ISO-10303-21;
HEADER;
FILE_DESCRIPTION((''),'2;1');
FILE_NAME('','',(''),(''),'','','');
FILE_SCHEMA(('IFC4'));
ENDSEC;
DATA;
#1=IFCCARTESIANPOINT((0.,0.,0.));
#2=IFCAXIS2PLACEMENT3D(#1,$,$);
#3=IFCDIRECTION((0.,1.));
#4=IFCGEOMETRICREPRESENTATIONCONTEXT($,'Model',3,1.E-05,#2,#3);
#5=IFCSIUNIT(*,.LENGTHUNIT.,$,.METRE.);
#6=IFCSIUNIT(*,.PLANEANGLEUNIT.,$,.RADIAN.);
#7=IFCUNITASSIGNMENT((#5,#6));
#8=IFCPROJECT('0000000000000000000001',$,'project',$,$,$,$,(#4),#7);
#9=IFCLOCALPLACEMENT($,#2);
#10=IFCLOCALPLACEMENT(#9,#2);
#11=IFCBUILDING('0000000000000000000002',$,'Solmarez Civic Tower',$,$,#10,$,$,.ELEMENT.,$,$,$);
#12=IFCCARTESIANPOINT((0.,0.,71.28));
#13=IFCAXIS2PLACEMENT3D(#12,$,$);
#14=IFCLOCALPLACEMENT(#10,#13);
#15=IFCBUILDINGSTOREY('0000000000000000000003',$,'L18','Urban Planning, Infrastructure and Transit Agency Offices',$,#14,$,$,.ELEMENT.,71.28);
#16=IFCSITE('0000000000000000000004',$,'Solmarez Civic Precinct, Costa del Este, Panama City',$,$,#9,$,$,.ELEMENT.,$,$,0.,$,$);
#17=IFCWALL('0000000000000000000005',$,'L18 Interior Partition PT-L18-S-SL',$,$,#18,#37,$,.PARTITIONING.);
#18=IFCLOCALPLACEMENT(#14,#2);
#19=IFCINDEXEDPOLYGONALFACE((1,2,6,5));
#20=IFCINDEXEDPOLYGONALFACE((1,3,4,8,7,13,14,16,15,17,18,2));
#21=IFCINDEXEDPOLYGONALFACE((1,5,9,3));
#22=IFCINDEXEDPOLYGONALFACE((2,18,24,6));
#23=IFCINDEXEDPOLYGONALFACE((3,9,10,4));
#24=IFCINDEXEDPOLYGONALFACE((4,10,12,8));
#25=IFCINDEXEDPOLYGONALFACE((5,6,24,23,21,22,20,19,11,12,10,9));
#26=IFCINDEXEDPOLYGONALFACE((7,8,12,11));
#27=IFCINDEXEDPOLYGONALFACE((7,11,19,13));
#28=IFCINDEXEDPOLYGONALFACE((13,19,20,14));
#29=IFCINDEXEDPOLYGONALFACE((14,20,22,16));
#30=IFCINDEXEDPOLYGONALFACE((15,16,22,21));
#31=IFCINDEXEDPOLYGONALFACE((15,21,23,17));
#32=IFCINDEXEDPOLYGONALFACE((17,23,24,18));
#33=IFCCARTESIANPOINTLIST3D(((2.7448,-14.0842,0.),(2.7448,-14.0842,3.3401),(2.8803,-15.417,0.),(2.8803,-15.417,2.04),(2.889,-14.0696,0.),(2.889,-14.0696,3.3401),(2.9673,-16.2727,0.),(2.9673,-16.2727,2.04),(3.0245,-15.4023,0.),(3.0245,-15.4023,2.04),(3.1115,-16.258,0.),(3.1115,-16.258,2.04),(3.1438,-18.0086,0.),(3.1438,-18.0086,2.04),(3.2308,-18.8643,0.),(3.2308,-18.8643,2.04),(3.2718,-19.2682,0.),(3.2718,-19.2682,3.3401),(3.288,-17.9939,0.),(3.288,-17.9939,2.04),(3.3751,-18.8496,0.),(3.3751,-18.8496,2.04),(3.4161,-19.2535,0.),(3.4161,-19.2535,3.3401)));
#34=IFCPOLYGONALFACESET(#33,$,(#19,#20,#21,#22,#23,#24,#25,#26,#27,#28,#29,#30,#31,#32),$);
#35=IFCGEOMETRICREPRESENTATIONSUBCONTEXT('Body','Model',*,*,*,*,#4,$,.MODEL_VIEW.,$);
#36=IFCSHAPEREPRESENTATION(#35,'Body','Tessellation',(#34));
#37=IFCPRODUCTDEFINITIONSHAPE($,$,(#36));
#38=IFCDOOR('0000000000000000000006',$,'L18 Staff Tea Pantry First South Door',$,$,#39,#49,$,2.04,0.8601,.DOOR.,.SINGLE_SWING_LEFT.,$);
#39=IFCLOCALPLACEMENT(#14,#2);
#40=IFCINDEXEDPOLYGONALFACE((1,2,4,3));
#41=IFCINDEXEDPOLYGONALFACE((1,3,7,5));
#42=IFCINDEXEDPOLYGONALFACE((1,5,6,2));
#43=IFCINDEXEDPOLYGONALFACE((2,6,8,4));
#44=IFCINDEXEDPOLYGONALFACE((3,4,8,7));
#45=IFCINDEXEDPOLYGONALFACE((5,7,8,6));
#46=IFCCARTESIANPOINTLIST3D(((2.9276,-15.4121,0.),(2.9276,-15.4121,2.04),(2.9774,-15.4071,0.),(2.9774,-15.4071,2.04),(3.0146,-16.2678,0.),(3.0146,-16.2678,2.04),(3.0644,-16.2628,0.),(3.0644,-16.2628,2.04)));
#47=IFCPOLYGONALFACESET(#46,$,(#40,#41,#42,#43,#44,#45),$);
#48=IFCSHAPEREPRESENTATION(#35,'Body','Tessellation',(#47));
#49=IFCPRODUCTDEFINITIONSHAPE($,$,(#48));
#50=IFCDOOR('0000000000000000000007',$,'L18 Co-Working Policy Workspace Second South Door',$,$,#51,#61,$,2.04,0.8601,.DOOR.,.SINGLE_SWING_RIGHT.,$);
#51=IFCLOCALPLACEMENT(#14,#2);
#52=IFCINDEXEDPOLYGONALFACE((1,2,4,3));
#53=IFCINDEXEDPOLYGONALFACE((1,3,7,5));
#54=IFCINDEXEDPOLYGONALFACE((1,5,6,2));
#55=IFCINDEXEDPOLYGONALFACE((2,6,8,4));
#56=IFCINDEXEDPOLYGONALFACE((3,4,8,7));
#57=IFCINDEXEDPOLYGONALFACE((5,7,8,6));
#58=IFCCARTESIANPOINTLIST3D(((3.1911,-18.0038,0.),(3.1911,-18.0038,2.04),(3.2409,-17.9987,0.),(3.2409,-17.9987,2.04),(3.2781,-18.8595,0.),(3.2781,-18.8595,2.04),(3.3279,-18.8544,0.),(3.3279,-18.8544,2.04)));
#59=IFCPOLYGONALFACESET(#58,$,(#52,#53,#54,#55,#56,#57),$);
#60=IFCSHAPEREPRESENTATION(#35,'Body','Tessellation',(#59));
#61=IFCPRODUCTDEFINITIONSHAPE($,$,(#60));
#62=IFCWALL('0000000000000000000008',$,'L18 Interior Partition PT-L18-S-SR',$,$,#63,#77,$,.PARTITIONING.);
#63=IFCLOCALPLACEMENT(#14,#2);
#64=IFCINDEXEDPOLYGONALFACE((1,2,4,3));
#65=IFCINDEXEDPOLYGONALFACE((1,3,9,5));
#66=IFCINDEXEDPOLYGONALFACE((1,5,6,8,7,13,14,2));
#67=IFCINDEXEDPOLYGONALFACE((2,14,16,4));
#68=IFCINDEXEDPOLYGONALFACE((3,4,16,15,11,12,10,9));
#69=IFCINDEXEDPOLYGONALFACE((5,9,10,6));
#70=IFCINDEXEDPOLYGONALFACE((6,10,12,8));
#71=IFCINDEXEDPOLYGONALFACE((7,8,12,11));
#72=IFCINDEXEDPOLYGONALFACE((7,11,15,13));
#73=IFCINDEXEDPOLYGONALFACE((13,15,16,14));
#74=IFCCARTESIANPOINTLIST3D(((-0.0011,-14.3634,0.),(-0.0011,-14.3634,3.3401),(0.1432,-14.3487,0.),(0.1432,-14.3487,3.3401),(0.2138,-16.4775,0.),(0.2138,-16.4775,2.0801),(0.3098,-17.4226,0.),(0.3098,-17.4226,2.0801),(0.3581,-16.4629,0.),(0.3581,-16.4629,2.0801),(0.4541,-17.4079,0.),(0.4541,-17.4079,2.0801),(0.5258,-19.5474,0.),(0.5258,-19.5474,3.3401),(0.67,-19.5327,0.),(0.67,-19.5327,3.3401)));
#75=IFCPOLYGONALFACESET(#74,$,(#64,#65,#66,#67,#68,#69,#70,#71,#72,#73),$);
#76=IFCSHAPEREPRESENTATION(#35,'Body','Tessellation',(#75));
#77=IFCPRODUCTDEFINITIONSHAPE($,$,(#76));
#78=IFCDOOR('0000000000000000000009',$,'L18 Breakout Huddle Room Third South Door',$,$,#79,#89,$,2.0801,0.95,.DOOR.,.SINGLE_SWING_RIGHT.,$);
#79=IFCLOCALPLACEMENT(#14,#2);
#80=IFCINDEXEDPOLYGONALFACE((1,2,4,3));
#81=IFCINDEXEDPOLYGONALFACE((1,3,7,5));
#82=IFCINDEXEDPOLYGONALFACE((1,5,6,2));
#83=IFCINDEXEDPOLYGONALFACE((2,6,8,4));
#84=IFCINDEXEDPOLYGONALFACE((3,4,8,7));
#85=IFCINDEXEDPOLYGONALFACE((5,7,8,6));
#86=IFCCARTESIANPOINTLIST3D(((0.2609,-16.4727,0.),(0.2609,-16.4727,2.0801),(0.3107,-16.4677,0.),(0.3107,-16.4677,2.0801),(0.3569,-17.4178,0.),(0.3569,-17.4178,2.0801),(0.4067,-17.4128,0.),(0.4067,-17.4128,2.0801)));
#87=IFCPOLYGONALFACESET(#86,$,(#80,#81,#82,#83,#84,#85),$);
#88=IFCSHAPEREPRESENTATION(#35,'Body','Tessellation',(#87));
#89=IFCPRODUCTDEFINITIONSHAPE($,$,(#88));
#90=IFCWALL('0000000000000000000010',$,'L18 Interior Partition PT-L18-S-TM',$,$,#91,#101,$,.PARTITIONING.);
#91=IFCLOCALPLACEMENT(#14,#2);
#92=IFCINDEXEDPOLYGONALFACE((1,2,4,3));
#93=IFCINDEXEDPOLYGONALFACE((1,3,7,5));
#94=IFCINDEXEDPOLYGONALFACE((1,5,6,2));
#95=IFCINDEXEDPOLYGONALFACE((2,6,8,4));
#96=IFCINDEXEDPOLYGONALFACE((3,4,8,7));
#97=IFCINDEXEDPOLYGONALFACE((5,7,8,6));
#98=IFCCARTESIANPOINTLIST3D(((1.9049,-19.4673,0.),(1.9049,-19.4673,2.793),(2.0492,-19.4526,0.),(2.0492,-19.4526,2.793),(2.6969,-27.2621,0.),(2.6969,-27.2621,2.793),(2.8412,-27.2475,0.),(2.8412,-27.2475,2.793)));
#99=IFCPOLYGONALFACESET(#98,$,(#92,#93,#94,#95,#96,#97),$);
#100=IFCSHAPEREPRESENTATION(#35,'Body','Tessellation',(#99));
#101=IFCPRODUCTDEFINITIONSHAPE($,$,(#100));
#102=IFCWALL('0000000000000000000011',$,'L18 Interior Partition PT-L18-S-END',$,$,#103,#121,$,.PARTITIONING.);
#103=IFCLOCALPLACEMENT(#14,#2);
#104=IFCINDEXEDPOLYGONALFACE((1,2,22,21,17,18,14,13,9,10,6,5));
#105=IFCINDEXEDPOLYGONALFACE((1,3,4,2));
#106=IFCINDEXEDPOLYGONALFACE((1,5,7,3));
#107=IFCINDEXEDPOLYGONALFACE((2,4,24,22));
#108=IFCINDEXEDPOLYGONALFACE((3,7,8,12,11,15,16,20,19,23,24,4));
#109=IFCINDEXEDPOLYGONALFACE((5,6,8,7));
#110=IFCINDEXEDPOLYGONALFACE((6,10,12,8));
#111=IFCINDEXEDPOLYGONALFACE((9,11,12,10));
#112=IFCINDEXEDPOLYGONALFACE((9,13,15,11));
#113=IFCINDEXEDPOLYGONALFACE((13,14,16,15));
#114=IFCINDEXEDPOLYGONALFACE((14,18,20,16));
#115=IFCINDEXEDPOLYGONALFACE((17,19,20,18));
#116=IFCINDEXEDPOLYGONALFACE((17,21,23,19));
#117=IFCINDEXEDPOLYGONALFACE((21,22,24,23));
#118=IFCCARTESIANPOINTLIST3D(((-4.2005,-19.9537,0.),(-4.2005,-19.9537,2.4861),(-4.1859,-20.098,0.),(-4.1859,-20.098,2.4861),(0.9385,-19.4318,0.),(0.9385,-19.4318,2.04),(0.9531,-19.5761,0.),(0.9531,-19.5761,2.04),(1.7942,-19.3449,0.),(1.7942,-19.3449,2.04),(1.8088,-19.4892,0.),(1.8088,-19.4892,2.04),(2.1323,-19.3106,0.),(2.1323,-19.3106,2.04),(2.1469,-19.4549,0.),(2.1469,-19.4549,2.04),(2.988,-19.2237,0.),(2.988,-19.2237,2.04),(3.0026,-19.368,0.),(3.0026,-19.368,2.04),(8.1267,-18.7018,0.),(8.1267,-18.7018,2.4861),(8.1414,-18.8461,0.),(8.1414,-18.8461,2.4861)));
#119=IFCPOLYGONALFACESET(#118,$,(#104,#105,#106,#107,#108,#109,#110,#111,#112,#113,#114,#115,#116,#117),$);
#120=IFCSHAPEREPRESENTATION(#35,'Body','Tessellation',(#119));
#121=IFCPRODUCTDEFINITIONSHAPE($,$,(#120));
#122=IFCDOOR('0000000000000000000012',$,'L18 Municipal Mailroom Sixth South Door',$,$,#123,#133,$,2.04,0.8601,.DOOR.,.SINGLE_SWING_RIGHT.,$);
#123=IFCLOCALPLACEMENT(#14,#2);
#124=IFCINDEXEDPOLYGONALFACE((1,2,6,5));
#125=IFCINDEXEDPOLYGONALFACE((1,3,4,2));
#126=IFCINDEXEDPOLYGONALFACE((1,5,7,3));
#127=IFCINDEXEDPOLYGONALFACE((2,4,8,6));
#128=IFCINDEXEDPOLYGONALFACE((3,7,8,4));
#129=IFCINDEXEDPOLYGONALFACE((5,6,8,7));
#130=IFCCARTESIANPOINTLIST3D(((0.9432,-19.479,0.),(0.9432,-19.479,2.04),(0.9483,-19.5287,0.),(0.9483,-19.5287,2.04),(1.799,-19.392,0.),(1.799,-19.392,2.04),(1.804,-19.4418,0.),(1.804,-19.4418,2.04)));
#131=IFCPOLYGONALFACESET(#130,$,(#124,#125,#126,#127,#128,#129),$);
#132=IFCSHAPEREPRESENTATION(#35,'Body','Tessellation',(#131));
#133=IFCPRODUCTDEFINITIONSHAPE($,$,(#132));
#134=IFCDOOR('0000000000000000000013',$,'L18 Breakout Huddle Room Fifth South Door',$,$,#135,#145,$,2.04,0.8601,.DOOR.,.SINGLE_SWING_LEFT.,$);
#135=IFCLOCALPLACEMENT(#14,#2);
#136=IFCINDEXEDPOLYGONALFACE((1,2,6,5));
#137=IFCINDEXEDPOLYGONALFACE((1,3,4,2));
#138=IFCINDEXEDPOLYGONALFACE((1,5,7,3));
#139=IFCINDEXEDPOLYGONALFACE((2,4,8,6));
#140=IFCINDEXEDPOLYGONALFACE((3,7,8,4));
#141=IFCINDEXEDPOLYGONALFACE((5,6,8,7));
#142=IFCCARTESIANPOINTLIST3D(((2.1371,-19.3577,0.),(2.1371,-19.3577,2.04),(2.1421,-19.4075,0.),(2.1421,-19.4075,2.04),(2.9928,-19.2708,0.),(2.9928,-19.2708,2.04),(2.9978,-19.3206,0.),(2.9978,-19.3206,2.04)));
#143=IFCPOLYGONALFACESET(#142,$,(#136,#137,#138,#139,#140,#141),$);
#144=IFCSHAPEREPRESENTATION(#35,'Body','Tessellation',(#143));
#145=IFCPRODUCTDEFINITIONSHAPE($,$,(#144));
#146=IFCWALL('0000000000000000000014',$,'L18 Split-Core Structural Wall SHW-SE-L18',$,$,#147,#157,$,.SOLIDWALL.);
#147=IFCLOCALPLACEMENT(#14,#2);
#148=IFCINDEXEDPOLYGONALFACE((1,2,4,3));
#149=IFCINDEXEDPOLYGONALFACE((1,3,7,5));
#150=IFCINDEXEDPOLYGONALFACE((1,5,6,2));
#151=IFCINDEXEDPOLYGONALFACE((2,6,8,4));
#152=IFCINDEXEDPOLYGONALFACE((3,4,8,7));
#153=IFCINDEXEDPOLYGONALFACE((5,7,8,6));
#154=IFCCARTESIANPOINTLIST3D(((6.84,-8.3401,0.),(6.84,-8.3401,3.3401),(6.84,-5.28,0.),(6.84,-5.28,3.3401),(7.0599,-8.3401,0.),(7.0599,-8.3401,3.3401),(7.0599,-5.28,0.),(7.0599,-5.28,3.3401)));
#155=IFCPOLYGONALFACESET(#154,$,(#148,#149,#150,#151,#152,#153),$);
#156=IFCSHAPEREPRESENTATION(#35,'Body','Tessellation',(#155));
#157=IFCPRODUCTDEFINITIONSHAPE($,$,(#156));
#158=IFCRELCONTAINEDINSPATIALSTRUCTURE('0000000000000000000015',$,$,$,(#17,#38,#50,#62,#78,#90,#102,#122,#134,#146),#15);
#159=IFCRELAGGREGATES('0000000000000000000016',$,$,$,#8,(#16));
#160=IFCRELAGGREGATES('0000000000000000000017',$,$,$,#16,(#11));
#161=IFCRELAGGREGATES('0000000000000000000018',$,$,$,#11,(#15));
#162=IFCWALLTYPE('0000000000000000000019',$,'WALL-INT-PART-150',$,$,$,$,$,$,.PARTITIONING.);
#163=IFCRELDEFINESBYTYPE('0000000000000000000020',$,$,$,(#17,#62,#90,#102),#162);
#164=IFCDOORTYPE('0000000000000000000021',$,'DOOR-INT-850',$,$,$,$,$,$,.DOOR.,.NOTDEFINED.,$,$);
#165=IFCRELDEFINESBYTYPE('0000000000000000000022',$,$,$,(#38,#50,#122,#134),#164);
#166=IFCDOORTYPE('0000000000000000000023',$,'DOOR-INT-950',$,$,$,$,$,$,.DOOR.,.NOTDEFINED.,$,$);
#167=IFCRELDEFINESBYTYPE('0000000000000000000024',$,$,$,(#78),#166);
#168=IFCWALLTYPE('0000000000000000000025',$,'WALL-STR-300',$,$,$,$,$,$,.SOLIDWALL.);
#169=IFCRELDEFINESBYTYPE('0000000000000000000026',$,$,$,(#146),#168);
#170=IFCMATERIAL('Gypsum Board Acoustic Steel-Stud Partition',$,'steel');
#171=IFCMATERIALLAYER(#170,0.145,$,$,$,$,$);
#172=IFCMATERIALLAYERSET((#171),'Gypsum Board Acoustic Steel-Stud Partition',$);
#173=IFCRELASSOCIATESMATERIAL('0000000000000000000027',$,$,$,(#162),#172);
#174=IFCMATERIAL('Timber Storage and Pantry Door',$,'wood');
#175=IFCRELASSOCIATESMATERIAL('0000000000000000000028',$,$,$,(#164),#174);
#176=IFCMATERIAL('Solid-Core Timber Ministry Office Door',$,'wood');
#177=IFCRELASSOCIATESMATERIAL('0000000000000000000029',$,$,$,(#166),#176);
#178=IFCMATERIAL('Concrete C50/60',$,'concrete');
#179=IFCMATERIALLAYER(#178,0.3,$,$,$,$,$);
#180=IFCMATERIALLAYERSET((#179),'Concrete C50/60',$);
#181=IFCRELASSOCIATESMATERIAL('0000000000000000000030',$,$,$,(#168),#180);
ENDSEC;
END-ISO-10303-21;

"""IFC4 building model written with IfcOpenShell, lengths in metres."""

from ifc_helpers import new_model, si_unit, direction, frame, frame_2d, origin, place, context, subcontext, project, spatial, rectangle, extrude, material, layer, layer_set, type_object, element, fill, save


model = new_model("IFC4")

# Units and contexts
model_context = context("Model", 3, precision=1e-05, world=origin(), true_north=direction((0.0, 1.0)))
body_context = subcontext(model_context, "Body", "Model", "MODEL_VIEW")
ifc_project = project(units=[si_unit("LENGTHUNIT", "METRE"), si_unit("PLANEANGLEUNIT", "RADIAN")], contexts=[model_context])

# Site, building, storey
site_placement = place(None, origin())
site = spatial("IfcSite", under=ifc_project, at=site_placement, Name="Solmarez Civic Precinct, Costa del Este, Panama City", CompositionType="ELEMENT", RefElevation=0.0)
building_placement = place(site_placement, origin())
building = spatial("IfcBuilding", under=site, at=building_placement, Name="Solmarez Civic Tower", CompositionType="ELEMENT")
storey_placement = place(building_placement, frame((0.0, 0.0, 71.28)))
storey = spatial("IfcBuildingStorey", under=building, at=storey_placement, Name="L18", Description="Urban Planning, Infrastructure and Transit Agency Offices", CompositionType="ELEMENT", Elevation=71.28)

# Shared definitions
ifc_material_1 = material(Name="Concrete C50/60", Category="concrete")

# Shared definitions
ifc_material_2 = material(Name="Gypsum Board Acoustic Steel-Stud Partition", Category="steel")
ifc_layer_1 = layer(ifc_material_2, 0.145)
ifc_layer_set_1 = layer_set([ifc_layer_1], Name="Gypsum Board Acoustic Steel-Stud Partition")
wall_type_1 = type_object("IfcWallType", Name="WALL-INT-PART-150", PredefinedType="PARTITIONING", material=ifc_layer_set_1)

# Wall, openings, doors
wall_1_placement = place(storey_placement, frame((3.344, -19.261, 0.0), z_axis=(0.0, 0.0, 1.0), x_axis=(-0.101155, 0.994871, 0.0)))
wall_1 = element("IfcWall", 1, at=wall_1_placement, inside=storey, type_object=wall_type_1, Name="L18 Interior Partition PT-L18-S-SL", PredefinedType="PARTITIONING", context=body_context, shape_type="SweptSolid", body=[
    extrude(rectangle(XDim=5.2107, YDim=0.145, at=frame_2d((2.6055, 0.0))), origin(), (0.0, 0.0, 1.0), 3.3401),
])
opening_1_placement = place(wall_1_placement, frame((3.011, 0.0, 0.0)))
opening_1 = element("IfcOpeningElement", 2, at=opening_1_placement, cuts=wall_1, PredefinedType="OPENING", context=body_context, shape_type="SweptSolid", body=[
    extrude(rectangle(XDim=0.8601, YDim=2.04, at=frame_2d((0.4302, 1.02))), frame((0.0, 0.0825, 0.0), z_axis=(0.0, -1.0, 0.0), x_axis=(1.0, 0.0, 0.0)), (0.0, 0.0, 1.0), 0.165),
])
opening_2_placement = place(wall_1_placement, frame((0.406, 0.0, 0.0)))
opening_2 = element("IfcOpeningElement", 3, at=opening_2_placement, cuts=wall_1, PredefinedType="OPENING", context=body_context, shape_type="SweptSolid", body=[
    extrude(rectangle(XDim=0.8601, YDim=2.04, at=frame_2d((0.4302, 1.02))), frame((0.0, 0.0825, 0.0), z_axis=(0.0, -1.0, 0.0), x_axis=(1.0, 0.0, 0.0)), (0.0, 0.0, 1.0), 0.165),
])
ifc_material_3 = material(Name="Timber Storage and Pantry Door", Category="wood")
door_type_1 = type_object("IfcDoorType", Name="DOOR-INT-850", OperationType="NOTDEFINED", PredefinedType="DOOR", material=ifc_material_3)
door_1_placement = place(opening_1_placement, origin())
door_1 = element("IfcDoor", 4, at=door_1_placement, inside=storey, type_object=door_type_1, Name="L18 Staff Tea Pantry First South Door", OperationType="SINGLE_SWING_LEFT", OverallHeight=2.04, OverallWidth=0.8601, PredefinedType="DOOR", context=body_context, shape_type="SweptSolid", body=[
    extrude(rectangle(XDim=0.8601, YDim=2.04, at=frame_2d((0.4302, 1.02))), frame((0.0, 0.0249, 0.0), z_axis=(0.0, -1.0, 0.0), x_axis=(1.0, 0.0, 0.0)), (0.0, 0.0, 1.0), 0.05),
])
fill(opening_1, door_1)
door_2_placement = place(opening_2_placement, origin())
door_2 = element("IfcDoor", 5, at=door_2_placement, inside=storey, type_object=door_type_1, Name="L18 Co-Working Policy Workspace Second South Door", OperationType="SINGLE_SWING_RIGHT", OverallHeight=2.04, OverallWidth=0.8601, PredefinedType="DOOR", context=body_context, shape_type="SweptSolid", body=[
    extrude(rectangle(XDim=0.8601, YDim=2.04, at=frame_2d((0.4302, 1.02))), frame((0.0, 0.0249, 0.0), z_axis=(0.0, -1.0, 0.0), x_axis=(1.0, 0.0, 0.0)), (0.0, 0.0, 1.0), 0.05),
])
fill(opening_2, door_2)

# Wall, opening, door
wall_2_placement = place(storey_placement, frame((0.071, -14.356, 0.0), z_axis=(0.0, 0.0, 1.0), x_axis=(0.101109, -0.994875, 0.0)))
wall_2 = element("IfcWall", 6, at=wall_2_placement, inside=storey, type_object=wall_type_1, Name="L18 Interior Partition PT-L18-S-SR", PredefinedType="PARTITIONING", context=body_context, shape_type="SweptSolid", body=[
    extrude(rectangle(XDim=5.2107, YDim=0.145, at=frame_2d((2.6055, 0.0))), origin(), (0.0, 0.0, 1.0), 3.3401),
])
opening_3_placement = place(wall_2_placement, frame((2.125, 0.0, 0.0)))
opening_3 = element("IfcOpeningElement", 7, at=opening_3_placement, cuts=wall_2, PredefinedType="OPENING", context=body_context, shape_type="SweptSolid", body=[
    extrude(rectangle(XDim=0.95, YDim=2.0801, at=frame_2d((0.4751, 1.04))), frame((0.0, 0.0825, 0.0), z_axis=(0.0, -1.0, 0.0), x_axis=(1.0, 0.0, 0.0)), (0.0, 0.0, 1.0), 0.165),
])
ifc_material_4 = material(Name="Solid-Core Timber Ministry Office Door", Category="wood")
door_type_2 = type_object("IfcDoorType", Name="DOOR-INT-950", OperationType="NOTDEFINED", PredefinedType="DOOR", material=ifc_material_4)
door_3_placement = place(opening_3_placement, origin())
door_3 = element("IfcDoor", 8, at=door_3_placement, inside=storey, type_object=door_type_2, Name="L18 Breakout Huddle Room Third South Door", OperationType="SINGLE_SWING_RIGHT", OverallHeight=2.0801, OverallWidth=0.95, PredefinedType="DOOR", context=body_context, shape_type="SweptSolid", body=[
    extrude(rectangle(XDim=0.95, YDim=2.0801, at=frame_2d((0.4751, 1.04))), frame((0.0, 0.0249, 0.0), z_axis=(0.0, -1.0, 0.0), x_axis=(1.0, 0.0, 0.0)), (0.0, 0.0, 1.0), 0.05),
])
fill(opening_3, door_3)

# Wall
wall_3_placement = place(storey_placement, frame((1.9771, -19.46, 0.0), z_axis=(0.0, 0.0, 1.0), x_axis=(0.101083, -0.994878, 0.0)))
element("IfcWall", 9, at=wall_3_placement, inside=storey, type_object=wall_type_1, Name="L18 Interior Partition PT-L18-S-TM", PredefinedType="PARTITIONING", context=body_context, shape_type="SweptSolid", body=[
    extrude(rectangle(XDim=7.835, YDim=0.145, at=frame_2d((3.9175, 0.0))), origin(), (0.0, 0.0, 1.0), 2.793),
])

# Wall, openings, doors
wall_4_placement = place(storey_placement, frame((8.134, -18.7739, 0.0), z_axis=(0.0, 0.0, 1.0), x_axis=(-0.994882, -0.101041, 0.0)))
wall_4 = element("IfcWall", 10, at=wall_4_placement, inside=storey, type_object=wall_type_1, Name="L18 Interior Partition PT-L18-S-END", PredefinedType="PARTITIONING", context=body_context, shape_type="SweptSolid", body=[
    extrude(rectangle(XDim=12.3906, YDim=0.145, at=frame_2d((6.1953, 0.0))), origin(), (0.0, 0.0, 1.0), 2.4861),
])
opening_4_placement = place(wall_4_placement, frame((6.365, 0.0, 0.0)))
opening_4 = element("IfcOpeningElement", 11, at=opening_4_placement, cuts=wall_4, PredefinedType="OPENING", context=body_context, shape_type="SweptSolid", body=[
    extrude(rectangle(XDim=0.8601, YDim=2.04, at=frame_2d((0.4302, 1.02))), frame((0.0, 0.0825, 0.0), z_axis=(0.0, -1.0, 0.0), x_axis=(1.0, 0.0, 0.0)), (0.0, 0.0, 1.0), 0.165),
])
opening_5_placement = place(wall_4_placement, frame((5.165, 0.0, 0.0)))
opening_5 = element("IfcOpeningElement", 12, at=opening_5_placement, cuts=wall_4, PredefinedType="OPENING", context=body_context, shape_type="SweptSolid", body=[
    extrude(rectangle(XDim=0.8601, YDim=2.04, at=frame_2d((0.4302, 1.02))), frame((0.0, 0.0825, 0.0), z_axis=(0.0, -1.0, 0.0), x_axis=(1.0, 0.0, 0.0)), (0.0, 0.0, 1.0), 0.165),
])
door_4_placement = place(opening_4_placement, origin())
door_4 = element("IfcDoor", 13, at=door_4_placement, inside=storey, type_object=door_type_1, Name="L18 Municipal Mailroom Sixth South Door", OperationType="SINGLE_SWING_RIGHT", OverallHeight=2.04, OverallWidth=0.8601, PredefinedType="DOOR", context=body_context, shape_type="SweptSolid", body=[
    extrude(rectangle(XDim=0.8601, YDim=2.04, at=frame_2d((0.4302, 1.02))), frame((0.0, 0.0249, 0.0), z_axis=(0.0, -1.0, 0.0), x_axis=(1.0, 0.0, 0.0)), (0.0, 0.0, 1.0), 0.05),
])
fill(opening_4, door_4)
door_5_placement = place(opening_5_placement, origin())
door_5 = element("IfcDoor", 14, at=door_5_placement, inside=storey, type_object=door_type_1, Name="L18 Breakout Huddle Room Fifth South Door", OperationType="SINGLE_SWING_LEFT", OverallHeight=2.04, OverallWidth=0.8601, PredefinedType="DOOR", context=body_context, shape_type="SweptSolid", body=[
    extrude(rectangle(XDim=0.8601, YDim=2.04, at=frame_2d((0.4302, 1.02))), frame((0.0, 0.0249, 0.0), z_axis=(0.0, -1.0, 0.0), x_axis=(1.0, 0.0, 0.0)), (0.0, 0.0, 1.0), 0.05),
])
fill(opening_5, door_5)

# Wall
ifc_layer_2 = layer(ifc_material_1, 0.3)
ifc_layer_set_2 = layer_set([ifc_layer_2], Name="Concrete C50/60")
wall_type_2 = type_object("IfcWallType", Name="WALL-STR-300", PredefinedType="SOLIDWALL", material=ifc_layer_set_2)
wall_5_placement = place(storey_placement, frame((6.95, -8.3401, 0.0), z_axis=(0.0, 0.0, 1.0), x_axis=(0.0, 1.0, 0.0)))
element("IfcWall", 15, at=wall_5_placement, inside=storey, type_object=wall_type_2, Name="L18 Split-Core Structural Wall SHW-SE-L18", PredefinedType="SOLIDWALL", context=body_context, shape_type="SweptSolid", body=[
    extrude(rectangle(XDim=3.0601, YDim=0.22, at=frame_2d((1.53, 0.0))), origin(), (0.0, 0.0, 1.0), 3.3401),
])

save(model, "model.ifc")
